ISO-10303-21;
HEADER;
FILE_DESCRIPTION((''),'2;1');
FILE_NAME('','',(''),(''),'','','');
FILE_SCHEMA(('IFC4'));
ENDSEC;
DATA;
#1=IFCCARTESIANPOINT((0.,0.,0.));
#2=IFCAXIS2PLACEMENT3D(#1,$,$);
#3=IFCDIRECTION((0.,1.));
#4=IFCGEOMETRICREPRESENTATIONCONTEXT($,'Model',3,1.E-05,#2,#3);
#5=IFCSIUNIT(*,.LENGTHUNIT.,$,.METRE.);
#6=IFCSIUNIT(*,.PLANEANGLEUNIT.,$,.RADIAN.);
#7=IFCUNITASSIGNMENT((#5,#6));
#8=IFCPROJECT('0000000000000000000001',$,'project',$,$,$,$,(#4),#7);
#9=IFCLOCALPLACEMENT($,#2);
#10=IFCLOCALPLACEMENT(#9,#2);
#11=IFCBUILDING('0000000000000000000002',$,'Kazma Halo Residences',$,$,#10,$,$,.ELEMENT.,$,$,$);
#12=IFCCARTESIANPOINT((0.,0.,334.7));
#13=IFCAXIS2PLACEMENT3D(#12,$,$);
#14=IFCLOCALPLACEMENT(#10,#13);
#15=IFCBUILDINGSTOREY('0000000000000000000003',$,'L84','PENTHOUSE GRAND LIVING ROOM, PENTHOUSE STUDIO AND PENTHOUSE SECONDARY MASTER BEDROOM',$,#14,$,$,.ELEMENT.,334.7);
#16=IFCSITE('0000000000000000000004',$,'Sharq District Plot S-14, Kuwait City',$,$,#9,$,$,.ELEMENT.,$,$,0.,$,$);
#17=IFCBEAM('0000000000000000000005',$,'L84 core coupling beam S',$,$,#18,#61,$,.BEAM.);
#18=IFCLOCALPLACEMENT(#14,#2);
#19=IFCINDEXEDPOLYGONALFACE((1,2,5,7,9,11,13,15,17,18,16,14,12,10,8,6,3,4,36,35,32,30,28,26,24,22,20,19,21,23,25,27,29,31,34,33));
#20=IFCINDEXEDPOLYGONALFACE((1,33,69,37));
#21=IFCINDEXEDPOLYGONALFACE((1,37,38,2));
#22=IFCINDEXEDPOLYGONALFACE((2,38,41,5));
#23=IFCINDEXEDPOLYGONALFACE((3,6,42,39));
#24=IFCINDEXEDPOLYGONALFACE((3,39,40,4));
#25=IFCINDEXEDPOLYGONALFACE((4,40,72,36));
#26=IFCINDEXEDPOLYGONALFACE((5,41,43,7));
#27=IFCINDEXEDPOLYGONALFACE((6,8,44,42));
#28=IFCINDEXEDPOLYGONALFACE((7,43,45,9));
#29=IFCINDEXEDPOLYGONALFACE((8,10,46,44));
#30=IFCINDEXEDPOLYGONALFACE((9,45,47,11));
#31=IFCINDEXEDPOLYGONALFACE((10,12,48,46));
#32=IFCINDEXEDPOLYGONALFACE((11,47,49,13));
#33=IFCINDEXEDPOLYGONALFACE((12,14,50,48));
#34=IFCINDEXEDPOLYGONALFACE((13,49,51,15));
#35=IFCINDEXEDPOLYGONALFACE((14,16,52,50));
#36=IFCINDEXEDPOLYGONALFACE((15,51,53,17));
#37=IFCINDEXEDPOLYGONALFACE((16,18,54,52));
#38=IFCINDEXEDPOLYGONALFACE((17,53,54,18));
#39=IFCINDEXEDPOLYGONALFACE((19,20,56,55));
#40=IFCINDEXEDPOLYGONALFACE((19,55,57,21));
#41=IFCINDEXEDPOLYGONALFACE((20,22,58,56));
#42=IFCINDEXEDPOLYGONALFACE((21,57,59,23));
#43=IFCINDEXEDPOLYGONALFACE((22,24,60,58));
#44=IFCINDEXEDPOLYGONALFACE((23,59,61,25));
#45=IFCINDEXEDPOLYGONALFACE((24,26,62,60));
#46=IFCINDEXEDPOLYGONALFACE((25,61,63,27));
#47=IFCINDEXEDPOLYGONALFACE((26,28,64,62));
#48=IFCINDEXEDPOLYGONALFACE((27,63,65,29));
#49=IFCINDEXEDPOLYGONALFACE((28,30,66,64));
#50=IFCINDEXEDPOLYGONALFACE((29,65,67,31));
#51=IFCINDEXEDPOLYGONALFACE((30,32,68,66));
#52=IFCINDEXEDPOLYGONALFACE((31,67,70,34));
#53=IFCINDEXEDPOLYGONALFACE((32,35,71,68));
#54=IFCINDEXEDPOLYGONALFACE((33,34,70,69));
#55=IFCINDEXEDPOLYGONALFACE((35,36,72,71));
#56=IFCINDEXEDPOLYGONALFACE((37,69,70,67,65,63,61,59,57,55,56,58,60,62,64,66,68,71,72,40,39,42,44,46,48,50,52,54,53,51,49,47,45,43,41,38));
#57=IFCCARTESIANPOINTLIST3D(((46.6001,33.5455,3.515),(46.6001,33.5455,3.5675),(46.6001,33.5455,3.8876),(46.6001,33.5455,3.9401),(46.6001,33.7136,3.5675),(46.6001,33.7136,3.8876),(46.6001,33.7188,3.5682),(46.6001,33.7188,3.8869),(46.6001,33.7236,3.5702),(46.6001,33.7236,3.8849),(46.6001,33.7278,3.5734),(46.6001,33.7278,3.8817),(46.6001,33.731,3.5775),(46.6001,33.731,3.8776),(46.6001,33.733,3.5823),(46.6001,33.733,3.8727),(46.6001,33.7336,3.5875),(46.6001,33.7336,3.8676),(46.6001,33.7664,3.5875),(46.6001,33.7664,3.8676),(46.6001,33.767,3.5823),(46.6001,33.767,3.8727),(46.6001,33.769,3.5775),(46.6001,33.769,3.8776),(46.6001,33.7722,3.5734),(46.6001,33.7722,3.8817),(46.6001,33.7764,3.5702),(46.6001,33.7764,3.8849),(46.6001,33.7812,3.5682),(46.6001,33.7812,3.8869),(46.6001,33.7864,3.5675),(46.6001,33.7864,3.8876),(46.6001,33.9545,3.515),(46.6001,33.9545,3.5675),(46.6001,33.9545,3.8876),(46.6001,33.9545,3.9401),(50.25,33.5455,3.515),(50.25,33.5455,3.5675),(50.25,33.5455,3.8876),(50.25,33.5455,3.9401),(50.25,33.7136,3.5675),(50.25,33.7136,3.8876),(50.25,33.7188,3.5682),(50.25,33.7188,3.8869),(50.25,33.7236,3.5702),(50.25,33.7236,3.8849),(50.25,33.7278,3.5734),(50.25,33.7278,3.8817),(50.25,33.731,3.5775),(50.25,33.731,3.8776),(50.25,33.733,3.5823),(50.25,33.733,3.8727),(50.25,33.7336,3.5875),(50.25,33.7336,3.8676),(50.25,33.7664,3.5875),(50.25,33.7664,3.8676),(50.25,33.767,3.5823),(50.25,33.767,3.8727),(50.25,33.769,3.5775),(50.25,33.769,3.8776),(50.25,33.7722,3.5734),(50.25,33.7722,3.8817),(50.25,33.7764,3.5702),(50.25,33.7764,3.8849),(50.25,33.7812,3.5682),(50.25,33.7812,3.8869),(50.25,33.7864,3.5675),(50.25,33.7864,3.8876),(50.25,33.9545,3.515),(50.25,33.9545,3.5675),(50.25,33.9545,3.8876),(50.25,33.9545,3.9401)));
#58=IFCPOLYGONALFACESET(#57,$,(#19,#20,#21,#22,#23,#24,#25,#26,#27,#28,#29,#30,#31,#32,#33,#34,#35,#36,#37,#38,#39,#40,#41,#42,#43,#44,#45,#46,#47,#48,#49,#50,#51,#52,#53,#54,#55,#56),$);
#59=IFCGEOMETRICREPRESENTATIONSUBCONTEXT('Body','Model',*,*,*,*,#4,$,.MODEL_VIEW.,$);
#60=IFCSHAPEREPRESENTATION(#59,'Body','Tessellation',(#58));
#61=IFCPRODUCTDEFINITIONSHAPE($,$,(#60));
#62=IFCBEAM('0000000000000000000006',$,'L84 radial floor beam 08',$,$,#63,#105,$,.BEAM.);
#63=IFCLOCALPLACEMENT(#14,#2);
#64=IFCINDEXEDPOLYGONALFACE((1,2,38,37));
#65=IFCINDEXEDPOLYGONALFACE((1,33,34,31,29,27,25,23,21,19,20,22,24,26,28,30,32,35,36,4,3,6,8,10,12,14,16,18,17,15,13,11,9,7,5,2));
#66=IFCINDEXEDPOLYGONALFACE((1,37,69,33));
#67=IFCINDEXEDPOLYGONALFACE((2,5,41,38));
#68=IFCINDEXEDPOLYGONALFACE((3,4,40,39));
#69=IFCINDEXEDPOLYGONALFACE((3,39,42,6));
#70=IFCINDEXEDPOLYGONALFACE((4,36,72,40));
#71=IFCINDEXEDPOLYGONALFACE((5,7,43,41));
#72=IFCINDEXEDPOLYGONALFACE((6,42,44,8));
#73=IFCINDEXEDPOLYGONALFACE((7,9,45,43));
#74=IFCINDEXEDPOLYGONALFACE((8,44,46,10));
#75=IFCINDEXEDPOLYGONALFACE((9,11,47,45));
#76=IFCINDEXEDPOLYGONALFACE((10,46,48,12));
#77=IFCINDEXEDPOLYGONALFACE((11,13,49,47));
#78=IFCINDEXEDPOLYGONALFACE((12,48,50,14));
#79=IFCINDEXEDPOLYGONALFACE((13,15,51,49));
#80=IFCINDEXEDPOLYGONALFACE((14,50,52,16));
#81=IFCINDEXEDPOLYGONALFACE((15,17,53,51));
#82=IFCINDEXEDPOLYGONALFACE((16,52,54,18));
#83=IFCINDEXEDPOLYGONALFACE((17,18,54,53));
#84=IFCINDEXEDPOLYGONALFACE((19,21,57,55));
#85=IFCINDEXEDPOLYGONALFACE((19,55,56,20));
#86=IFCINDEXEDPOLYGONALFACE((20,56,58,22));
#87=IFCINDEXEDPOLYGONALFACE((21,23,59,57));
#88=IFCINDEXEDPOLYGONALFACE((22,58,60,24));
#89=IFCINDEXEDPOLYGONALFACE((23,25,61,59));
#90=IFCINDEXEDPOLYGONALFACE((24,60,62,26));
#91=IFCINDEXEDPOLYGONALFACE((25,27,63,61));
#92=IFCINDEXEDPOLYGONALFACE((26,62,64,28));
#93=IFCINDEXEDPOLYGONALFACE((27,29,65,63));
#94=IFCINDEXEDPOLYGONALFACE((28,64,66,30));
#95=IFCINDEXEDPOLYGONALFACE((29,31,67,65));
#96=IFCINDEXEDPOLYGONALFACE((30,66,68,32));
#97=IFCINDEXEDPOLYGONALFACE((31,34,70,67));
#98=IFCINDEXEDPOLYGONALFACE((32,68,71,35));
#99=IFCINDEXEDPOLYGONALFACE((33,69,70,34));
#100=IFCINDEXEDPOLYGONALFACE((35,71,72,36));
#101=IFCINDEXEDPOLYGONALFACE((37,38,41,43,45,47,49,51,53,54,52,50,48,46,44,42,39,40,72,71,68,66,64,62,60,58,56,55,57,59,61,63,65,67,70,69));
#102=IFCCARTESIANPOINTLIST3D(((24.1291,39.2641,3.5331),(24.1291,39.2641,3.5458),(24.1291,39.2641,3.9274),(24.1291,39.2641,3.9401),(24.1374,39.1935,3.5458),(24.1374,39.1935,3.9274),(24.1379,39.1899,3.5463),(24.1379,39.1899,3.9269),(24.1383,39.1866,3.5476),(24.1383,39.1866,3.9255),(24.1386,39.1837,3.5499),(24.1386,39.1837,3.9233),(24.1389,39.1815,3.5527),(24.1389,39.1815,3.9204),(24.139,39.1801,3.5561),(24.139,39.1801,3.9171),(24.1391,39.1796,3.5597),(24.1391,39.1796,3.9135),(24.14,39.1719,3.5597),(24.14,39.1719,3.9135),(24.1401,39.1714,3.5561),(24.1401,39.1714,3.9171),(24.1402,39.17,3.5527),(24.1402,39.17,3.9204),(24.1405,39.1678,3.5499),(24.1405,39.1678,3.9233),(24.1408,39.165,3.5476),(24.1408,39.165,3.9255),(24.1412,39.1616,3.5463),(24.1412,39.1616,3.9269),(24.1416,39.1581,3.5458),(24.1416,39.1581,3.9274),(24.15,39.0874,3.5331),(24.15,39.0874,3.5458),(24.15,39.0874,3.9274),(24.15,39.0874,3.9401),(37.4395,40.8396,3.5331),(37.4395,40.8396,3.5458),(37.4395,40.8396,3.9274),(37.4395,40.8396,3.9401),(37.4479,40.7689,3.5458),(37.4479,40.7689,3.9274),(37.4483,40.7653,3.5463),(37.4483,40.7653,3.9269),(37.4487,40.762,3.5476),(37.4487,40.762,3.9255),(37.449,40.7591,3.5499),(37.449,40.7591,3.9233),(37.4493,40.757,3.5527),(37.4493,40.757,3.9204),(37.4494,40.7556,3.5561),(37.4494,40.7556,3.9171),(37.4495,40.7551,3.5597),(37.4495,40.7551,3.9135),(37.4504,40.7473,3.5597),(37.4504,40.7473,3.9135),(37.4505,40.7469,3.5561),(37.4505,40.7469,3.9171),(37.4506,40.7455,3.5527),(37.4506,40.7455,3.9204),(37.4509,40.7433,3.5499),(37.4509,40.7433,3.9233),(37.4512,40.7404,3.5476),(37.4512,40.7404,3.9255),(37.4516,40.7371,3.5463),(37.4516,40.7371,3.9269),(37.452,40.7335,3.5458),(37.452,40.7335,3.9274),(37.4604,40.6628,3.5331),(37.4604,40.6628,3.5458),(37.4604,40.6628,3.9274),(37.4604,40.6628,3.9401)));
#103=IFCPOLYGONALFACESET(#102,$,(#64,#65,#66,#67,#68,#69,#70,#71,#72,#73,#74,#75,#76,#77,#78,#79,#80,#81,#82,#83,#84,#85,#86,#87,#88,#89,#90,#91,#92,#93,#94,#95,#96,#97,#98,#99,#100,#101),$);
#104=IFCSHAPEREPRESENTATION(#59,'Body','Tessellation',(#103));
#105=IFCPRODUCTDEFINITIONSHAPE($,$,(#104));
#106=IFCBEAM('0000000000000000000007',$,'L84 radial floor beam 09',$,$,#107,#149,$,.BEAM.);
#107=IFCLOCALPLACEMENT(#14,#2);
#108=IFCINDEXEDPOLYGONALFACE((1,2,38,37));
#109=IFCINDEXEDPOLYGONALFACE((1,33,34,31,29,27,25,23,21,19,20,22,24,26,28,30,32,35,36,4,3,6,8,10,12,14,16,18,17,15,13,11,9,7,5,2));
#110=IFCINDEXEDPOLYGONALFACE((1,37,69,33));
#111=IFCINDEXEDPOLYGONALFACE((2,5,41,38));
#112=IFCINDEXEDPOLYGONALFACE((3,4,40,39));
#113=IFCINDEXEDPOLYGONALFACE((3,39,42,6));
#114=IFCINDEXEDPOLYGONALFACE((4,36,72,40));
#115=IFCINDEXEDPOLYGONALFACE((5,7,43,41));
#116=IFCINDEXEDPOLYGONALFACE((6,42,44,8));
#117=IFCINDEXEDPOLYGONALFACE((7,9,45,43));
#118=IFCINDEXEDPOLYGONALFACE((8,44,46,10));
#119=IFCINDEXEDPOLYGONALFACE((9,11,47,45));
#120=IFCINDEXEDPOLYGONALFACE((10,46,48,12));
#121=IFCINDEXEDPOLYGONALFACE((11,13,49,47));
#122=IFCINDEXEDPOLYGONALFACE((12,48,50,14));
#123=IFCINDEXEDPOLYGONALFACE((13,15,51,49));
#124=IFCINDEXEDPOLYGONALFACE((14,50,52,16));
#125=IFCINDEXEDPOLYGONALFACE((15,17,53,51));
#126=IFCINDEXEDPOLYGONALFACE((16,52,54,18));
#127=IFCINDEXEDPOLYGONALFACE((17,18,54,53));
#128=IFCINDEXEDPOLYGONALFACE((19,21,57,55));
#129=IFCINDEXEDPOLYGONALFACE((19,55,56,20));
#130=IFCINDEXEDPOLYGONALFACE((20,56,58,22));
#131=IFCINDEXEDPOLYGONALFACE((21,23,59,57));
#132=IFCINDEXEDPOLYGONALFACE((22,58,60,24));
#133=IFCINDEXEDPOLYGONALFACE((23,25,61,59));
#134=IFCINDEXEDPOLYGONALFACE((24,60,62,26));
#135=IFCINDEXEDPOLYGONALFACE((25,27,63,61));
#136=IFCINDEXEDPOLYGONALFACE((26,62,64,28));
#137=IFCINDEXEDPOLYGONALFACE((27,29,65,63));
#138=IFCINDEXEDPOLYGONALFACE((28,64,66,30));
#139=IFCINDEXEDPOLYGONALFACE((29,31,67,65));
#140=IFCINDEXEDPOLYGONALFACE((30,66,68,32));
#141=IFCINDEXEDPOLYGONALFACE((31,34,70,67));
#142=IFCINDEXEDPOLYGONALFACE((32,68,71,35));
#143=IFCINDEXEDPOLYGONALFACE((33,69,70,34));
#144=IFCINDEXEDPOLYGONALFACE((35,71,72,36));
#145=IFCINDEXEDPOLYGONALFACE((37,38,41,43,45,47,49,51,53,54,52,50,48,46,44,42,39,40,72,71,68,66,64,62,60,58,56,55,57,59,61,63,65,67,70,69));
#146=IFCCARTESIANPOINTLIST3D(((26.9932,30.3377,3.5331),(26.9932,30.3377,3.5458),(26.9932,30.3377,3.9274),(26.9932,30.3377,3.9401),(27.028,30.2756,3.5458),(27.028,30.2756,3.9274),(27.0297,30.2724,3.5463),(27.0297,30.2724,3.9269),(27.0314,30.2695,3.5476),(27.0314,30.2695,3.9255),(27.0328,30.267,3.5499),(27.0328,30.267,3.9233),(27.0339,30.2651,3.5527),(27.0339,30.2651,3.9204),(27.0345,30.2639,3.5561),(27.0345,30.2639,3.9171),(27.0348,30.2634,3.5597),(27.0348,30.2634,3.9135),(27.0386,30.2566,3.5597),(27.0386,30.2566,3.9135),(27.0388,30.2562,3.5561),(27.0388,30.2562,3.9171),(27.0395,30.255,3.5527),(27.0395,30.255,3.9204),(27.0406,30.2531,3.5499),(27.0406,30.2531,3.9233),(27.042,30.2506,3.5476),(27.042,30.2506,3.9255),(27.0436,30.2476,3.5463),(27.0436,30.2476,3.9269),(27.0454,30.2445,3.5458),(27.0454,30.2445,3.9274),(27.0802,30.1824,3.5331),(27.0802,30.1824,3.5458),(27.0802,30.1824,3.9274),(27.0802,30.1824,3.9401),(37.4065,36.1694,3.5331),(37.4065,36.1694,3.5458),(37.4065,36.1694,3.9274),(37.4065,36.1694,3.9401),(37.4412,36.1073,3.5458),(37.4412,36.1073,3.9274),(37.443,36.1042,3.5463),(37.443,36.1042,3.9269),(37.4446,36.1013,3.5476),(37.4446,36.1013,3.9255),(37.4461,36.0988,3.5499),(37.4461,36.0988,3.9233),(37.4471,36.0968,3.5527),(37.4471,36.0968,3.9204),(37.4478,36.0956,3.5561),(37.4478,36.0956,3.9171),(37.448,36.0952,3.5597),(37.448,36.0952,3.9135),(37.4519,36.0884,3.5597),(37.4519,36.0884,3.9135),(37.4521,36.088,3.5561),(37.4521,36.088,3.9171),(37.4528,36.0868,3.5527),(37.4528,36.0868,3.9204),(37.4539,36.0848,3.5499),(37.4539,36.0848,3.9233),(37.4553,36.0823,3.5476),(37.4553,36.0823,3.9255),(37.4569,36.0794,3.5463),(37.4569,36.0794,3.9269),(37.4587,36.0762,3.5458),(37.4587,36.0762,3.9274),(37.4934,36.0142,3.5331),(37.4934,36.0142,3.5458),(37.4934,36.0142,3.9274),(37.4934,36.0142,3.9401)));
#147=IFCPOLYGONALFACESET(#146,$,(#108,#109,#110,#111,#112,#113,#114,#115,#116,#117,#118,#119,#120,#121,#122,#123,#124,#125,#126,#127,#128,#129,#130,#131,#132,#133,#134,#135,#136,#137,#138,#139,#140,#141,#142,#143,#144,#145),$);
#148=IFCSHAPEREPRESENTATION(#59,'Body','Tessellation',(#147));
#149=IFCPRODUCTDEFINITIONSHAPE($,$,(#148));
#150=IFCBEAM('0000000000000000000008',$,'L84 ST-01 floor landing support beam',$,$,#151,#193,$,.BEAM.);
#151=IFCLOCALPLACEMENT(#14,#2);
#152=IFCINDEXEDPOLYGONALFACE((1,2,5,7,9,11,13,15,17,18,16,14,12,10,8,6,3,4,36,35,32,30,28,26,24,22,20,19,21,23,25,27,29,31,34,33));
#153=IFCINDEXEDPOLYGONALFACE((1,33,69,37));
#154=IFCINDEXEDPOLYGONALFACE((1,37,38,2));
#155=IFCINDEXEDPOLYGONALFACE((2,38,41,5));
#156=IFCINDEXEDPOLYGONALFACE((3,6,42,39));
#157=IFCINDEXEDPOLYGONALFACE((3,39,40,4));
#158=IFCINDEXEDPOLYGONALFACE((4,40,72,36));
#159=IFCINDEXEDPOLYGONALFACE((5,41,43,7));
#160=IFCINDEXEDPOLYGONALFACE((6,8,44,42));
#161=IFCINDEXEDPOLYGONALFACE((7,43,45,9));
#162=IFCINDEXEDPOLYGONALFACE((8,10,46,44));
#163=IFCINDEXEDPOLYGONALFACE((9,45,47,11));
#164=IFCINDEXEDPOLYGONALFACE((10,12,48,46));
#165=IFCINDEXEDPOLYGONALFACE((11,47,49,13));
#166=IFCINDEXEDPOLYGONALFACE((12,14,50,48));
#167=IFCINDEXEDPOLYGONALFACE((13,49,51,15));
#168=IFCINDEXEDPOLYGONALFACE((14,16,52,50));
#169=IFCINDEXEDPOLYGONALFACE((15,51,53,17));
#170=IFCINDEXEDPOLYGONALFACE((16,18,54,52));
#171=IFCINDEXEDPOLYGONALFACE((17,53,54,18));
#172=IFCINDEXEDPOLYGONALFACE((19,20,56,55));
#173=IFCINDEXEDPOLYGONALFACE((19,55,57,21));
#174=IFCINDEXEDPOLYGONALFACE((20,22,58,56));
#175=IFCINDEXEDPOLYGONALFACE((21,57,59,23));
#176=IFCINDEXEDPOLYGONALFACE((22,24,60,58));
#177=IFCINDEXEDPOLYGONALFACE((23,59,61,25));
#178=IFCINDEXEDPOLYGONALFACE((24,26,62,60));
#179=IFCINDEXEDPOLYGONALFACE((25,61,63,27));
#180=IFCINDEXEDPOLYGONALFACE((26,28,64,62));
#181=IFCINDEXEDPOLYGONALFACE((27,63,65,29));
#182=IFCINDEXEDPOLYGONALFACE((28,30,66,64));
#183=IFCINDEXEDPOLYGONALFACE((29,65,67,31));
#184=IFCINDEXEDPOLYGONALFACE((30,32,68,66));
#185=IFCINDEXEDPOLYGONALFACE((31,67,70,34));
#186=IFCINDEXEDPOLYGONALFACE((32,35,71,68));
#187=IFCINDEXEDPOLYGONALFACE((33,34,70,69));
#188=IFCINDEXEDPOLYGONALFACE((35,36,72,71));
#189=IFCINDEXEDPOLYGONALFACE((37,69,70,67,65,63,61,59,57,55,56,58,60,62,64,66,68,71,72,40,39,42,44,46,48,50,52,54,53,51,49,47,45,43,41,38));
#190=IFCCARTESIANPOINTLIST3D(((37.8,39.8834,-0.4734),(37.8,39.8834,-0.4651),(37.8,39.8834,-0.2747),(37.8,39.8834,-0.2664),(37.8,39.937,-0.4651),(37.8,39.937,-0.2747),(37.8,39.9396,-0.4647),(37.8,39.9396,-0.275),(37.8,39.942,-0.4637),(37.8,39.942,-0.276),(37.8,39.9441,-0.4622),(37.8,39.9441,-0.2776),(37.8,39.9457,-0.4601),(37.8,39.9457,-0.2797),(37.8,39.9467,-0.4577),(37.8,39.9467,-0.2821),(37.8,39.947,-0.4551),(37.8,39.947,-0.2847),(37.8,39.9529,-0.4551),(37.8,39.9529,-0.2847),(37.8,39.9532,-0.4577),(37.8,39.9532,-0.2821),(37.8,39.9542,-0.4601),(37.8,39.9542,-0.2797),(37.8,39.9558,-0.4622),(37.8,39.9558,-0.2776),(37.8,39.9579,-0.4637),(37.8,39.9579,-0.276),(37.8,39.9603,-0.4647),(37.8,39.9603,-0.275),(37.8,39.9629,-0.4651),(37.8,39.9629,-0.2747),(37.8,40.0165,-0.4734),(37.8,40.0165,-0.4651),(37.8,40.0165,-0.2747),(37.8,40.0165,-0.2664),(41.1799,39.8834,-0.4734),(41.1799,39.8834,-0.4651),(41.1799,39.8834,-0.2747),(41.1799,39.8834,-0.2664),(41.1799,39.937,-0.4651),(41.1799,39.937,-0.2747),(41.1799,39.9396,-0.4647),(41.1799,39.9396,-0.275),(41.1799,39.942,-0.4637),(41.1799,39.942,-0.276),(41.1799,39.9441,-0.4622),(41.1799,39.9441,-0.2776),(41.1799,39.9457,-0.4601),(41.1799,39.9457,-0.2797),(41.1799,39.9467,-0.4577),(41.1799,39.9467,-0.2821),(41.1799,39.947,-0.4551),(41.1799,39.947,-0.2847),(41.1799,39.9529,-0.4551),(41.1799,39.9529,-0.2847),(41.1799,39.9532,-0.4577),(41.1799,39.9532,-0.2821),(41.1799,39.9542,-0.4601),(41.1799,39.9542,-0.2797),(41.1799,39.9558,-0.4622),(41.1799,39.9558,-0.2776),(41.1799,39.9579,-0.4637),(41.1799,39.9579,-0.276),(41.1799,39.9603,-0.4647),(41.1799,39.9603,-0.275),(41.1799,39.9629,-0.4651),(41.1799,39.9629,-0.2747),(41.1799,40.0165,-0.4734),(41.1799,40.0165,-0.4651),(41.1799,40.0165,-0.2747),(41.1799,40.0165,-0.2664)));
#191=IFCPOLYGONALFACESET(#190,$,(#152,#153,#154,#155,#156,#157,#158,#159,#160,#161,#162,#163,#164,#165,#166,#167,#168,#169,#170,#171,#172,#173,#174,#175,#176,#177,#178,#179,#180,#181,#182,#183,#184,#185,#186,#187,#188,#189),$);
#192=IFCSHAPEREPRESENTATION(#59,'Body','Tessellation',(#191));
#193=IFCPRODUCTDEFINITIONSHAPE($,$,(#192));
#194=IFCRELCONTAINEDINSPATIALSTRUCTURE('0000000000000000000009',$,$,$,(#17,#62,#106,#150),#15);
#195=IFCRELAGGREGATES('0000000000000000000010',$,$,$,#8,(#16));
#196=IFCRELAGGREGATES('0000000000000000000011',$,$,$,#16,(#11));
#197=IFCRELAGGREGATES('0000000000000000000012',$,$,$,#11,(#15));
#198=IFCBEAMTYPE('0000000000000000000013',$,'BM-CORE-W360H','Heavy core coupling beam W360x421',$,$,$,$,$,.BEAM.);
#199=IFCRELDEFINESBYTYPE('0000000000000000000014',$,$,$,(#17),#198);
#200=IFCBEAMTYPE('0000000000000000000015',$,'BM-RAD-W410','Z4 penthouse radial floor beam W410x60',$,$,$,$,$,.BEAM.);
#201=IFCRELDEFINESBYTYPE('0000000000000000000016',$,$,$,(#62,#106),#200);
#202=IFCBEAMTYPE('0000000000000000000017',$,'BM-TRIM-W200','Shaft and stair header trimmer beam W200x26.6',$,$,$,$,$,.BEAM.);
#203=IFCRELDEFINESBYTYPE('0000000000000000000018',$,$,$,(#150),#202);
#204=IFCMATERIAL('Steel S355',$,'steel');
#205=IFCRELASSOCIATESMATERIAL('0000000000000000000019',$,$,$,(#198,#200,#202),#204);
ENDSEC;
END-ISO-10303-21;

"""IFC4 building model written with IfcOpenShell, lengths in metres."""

from ifc_helpers import new_model, si_unit, direction, frame, origin, origin_2d, place, context, subcontext, project, spatial, i_section, extrude, material, material_profile, profile_set, type_object, element, save


model = new_model("IFC4")

# Units and contexts
model_context = context("Model", 3, precision=1e-05, world=origin(), true_north=direction((0.0, 1.0)))
body_context = subcontext(model_context, "Body", "Model", "MODEL_VIEW")
ifc_project = project(units=[si_unit("LENGTHUNIT", "METRE"), si_unit("PLANEANGLEUNIT", "RADIAN")], contexts=[model_context])

# Site, building, storey
site_placement = place(None, origin())
site = spatial("IfcSite", under=ifc_project, at=site_placement, Name="Sharq District Plot S-14, Kuwait City", CompositionType="ELEMENT", RefElevation=0.0)
building_placement = place(site_placement, origin())
building = spatial("IfcBuilding", under=site, at=building_placement, Name="Kazma Halo Residences", CompositionType="ELEMENT")
storey_placement = place(building_placement, frame((0.0, 0.0, 334.7)))
storey = spatial("IfcBuildingStorey", under=building, at=storey_placement, Name="L84", Description="PENTHOUSE GRAND LIVING ROOM, PENTHOUSE STUDIO AND PENTHOUSE SECONDARY MASTER BEDROOM", CompositionType="ELEMENT", Elevation=334.7)

# Beams
ifc_material_1 = material(Name="Steel S355", Category="steel")
ifc_material_profile_1 = material_profile(ifc_material_1, i_section(OverallWidth=0.4089, OverallDepth=0.425, WebThickness=0.0327, FlangeThickness=0.0525, FilletRadius=0.02, at=origin_2d()), Name="W360x421")
ifc_profile_set_1 = profile_set([ifc_material_profile_1], Name="Steel S355")
beam_type_1 = type_object("IfcBeamType", Name="BM-CORE-W360H", Description="Heavy core coupling beam W360x421", PredefinedType="BEAM", material=ifc_profile_set_1)
beam_1_placement = place(storey_placement, frame((46.6001, 33.75, 3.7275), z_axis=(1.0, 0.0, 0.0), x_axis=(0.0, 1.0, 0.0)))
element("IfcBeam", 1, at=beam_1_placement, inside=storey, type_object=beam_type_1, Name="L84 core coupling beam S", PredefinedType="BEAM", context=body_context, shape_type="SweptSolid", body=[
    extrude(i_section(OverallWidth=0.4089, OverallDepth=0.425, WebThickness=0.0327, FlangeThickness=0.0525, FilletRadius=0.02, at=origin_2d()), origin(), (0.0, 0.0, 1.0), 3.6499),
])
ifc_material_profile_2 = material_profile(ifc_material_1, i_section(OverallWidth=0.178, OverallDepth=0.407, WebThickness=0.0078, FlangeThickness=0.0127, FilletRadius=0.0139, at=origin_2d()), Name="W410x60")
ifc_profile_set_2 = profile_set([ifc_material_profile_2], Name="Steel S355")
beam_type_2 = type_object("IfcBeamType", Name="BM-RAD-W410", Description="Z4 penthouse radial floor beam W410x60", PredefinedType="BEAM", material=ifc_profile_set_2)
beam_2_placement = place(storey_placement, frame((37.45, 40.7512, 3.7366), z_axis=(-0.993068, -0.117542, 0.0), x_axis=(0.117542, -0.993068, 0.0)))
element("IfcBeam", 2, at=beam_2_placement, inside=storey, type_object=beam_type_2, Name="L84 radial floor beam 08", PredefinedType="BEAM", context=body_context, shape_type="SweptSolid", body=[
    extrude(i_section(OverallWidth=0.178, OverallDepth=0.407, WebThickness=0.0078, FlangeThickness=0.0127, FilletRadius=0.0139, at=origin_2d()), origin(), (0.0, 0.0, 1.0), 13.4033),
])
beam_3_placement = place(storey_placement, frame((37.45, 36.0918, 3.7366), z_axis=(-0.872495, -0.488624, 0.0), x_axis=(0.488624, -0.872495, 0.0)))
element("IfcBeam", 3, at=beam_3_placement, inside=storey, type_object=beam_type_2, Name="L84 radial floor beam 09", PredefinedType="BEAM", context=body_context, shape_type="SweptSolid", body=[
    extrude(i_section(OverallWidth=0.178, OverallDepth=0.407, WebThickness=0.0078, FlangeThickness=0.0127, FilletRadius=0.0139, at=origin_2d()), origin(), (0.0, 0.0, 1.0), 11.9351),
])
ifc_material_profile_3 = material_profile(ifc_material_1, i_section(OverallWidth=0.1331, OverallDepth=0.207, WebThickness=0.0059, FlangeThickness=0.0083, FilletRadius=0.01, at=origin_2d()), Name="W200x26.6")
ifc_profile_set_3 = profile_set([ifc_material_profile_3], Name="Steel S355")
beam_type_3 = type_object("IfcBeamType", Name="BM-TRIM-W200", Description="Shaft and stair header trimmer beam W200x26.6", PredefinedType="BEAM", material=ifc_profile_set_3)
beam_4_placement = place(storey_placement, frame((37.8, 39.95, -0.3699), z_axis=(1.0, 0.0, 0.0), x_axis=(0.0, 1.0, 0.0)))
element("IfcBeam", 4, at=beam_4_placement, inside=storey, type_object=beam_type_3, Name="L84 ST-01 floor landing support beam", PredefinedType="BEAM", context=body_context, shape_type="SweptSolid", body=[
    extrude(i_section(OverallWidth=0.1331, OverallDepth=0.207, WebThickness=0.0059, FlangeThickness=0.0083, FilletRadius=0.01, at=origin_2d()), origin(), (0.0, 0.0, 1.0), 3.3799),
])

save(model, "model.ifc")
